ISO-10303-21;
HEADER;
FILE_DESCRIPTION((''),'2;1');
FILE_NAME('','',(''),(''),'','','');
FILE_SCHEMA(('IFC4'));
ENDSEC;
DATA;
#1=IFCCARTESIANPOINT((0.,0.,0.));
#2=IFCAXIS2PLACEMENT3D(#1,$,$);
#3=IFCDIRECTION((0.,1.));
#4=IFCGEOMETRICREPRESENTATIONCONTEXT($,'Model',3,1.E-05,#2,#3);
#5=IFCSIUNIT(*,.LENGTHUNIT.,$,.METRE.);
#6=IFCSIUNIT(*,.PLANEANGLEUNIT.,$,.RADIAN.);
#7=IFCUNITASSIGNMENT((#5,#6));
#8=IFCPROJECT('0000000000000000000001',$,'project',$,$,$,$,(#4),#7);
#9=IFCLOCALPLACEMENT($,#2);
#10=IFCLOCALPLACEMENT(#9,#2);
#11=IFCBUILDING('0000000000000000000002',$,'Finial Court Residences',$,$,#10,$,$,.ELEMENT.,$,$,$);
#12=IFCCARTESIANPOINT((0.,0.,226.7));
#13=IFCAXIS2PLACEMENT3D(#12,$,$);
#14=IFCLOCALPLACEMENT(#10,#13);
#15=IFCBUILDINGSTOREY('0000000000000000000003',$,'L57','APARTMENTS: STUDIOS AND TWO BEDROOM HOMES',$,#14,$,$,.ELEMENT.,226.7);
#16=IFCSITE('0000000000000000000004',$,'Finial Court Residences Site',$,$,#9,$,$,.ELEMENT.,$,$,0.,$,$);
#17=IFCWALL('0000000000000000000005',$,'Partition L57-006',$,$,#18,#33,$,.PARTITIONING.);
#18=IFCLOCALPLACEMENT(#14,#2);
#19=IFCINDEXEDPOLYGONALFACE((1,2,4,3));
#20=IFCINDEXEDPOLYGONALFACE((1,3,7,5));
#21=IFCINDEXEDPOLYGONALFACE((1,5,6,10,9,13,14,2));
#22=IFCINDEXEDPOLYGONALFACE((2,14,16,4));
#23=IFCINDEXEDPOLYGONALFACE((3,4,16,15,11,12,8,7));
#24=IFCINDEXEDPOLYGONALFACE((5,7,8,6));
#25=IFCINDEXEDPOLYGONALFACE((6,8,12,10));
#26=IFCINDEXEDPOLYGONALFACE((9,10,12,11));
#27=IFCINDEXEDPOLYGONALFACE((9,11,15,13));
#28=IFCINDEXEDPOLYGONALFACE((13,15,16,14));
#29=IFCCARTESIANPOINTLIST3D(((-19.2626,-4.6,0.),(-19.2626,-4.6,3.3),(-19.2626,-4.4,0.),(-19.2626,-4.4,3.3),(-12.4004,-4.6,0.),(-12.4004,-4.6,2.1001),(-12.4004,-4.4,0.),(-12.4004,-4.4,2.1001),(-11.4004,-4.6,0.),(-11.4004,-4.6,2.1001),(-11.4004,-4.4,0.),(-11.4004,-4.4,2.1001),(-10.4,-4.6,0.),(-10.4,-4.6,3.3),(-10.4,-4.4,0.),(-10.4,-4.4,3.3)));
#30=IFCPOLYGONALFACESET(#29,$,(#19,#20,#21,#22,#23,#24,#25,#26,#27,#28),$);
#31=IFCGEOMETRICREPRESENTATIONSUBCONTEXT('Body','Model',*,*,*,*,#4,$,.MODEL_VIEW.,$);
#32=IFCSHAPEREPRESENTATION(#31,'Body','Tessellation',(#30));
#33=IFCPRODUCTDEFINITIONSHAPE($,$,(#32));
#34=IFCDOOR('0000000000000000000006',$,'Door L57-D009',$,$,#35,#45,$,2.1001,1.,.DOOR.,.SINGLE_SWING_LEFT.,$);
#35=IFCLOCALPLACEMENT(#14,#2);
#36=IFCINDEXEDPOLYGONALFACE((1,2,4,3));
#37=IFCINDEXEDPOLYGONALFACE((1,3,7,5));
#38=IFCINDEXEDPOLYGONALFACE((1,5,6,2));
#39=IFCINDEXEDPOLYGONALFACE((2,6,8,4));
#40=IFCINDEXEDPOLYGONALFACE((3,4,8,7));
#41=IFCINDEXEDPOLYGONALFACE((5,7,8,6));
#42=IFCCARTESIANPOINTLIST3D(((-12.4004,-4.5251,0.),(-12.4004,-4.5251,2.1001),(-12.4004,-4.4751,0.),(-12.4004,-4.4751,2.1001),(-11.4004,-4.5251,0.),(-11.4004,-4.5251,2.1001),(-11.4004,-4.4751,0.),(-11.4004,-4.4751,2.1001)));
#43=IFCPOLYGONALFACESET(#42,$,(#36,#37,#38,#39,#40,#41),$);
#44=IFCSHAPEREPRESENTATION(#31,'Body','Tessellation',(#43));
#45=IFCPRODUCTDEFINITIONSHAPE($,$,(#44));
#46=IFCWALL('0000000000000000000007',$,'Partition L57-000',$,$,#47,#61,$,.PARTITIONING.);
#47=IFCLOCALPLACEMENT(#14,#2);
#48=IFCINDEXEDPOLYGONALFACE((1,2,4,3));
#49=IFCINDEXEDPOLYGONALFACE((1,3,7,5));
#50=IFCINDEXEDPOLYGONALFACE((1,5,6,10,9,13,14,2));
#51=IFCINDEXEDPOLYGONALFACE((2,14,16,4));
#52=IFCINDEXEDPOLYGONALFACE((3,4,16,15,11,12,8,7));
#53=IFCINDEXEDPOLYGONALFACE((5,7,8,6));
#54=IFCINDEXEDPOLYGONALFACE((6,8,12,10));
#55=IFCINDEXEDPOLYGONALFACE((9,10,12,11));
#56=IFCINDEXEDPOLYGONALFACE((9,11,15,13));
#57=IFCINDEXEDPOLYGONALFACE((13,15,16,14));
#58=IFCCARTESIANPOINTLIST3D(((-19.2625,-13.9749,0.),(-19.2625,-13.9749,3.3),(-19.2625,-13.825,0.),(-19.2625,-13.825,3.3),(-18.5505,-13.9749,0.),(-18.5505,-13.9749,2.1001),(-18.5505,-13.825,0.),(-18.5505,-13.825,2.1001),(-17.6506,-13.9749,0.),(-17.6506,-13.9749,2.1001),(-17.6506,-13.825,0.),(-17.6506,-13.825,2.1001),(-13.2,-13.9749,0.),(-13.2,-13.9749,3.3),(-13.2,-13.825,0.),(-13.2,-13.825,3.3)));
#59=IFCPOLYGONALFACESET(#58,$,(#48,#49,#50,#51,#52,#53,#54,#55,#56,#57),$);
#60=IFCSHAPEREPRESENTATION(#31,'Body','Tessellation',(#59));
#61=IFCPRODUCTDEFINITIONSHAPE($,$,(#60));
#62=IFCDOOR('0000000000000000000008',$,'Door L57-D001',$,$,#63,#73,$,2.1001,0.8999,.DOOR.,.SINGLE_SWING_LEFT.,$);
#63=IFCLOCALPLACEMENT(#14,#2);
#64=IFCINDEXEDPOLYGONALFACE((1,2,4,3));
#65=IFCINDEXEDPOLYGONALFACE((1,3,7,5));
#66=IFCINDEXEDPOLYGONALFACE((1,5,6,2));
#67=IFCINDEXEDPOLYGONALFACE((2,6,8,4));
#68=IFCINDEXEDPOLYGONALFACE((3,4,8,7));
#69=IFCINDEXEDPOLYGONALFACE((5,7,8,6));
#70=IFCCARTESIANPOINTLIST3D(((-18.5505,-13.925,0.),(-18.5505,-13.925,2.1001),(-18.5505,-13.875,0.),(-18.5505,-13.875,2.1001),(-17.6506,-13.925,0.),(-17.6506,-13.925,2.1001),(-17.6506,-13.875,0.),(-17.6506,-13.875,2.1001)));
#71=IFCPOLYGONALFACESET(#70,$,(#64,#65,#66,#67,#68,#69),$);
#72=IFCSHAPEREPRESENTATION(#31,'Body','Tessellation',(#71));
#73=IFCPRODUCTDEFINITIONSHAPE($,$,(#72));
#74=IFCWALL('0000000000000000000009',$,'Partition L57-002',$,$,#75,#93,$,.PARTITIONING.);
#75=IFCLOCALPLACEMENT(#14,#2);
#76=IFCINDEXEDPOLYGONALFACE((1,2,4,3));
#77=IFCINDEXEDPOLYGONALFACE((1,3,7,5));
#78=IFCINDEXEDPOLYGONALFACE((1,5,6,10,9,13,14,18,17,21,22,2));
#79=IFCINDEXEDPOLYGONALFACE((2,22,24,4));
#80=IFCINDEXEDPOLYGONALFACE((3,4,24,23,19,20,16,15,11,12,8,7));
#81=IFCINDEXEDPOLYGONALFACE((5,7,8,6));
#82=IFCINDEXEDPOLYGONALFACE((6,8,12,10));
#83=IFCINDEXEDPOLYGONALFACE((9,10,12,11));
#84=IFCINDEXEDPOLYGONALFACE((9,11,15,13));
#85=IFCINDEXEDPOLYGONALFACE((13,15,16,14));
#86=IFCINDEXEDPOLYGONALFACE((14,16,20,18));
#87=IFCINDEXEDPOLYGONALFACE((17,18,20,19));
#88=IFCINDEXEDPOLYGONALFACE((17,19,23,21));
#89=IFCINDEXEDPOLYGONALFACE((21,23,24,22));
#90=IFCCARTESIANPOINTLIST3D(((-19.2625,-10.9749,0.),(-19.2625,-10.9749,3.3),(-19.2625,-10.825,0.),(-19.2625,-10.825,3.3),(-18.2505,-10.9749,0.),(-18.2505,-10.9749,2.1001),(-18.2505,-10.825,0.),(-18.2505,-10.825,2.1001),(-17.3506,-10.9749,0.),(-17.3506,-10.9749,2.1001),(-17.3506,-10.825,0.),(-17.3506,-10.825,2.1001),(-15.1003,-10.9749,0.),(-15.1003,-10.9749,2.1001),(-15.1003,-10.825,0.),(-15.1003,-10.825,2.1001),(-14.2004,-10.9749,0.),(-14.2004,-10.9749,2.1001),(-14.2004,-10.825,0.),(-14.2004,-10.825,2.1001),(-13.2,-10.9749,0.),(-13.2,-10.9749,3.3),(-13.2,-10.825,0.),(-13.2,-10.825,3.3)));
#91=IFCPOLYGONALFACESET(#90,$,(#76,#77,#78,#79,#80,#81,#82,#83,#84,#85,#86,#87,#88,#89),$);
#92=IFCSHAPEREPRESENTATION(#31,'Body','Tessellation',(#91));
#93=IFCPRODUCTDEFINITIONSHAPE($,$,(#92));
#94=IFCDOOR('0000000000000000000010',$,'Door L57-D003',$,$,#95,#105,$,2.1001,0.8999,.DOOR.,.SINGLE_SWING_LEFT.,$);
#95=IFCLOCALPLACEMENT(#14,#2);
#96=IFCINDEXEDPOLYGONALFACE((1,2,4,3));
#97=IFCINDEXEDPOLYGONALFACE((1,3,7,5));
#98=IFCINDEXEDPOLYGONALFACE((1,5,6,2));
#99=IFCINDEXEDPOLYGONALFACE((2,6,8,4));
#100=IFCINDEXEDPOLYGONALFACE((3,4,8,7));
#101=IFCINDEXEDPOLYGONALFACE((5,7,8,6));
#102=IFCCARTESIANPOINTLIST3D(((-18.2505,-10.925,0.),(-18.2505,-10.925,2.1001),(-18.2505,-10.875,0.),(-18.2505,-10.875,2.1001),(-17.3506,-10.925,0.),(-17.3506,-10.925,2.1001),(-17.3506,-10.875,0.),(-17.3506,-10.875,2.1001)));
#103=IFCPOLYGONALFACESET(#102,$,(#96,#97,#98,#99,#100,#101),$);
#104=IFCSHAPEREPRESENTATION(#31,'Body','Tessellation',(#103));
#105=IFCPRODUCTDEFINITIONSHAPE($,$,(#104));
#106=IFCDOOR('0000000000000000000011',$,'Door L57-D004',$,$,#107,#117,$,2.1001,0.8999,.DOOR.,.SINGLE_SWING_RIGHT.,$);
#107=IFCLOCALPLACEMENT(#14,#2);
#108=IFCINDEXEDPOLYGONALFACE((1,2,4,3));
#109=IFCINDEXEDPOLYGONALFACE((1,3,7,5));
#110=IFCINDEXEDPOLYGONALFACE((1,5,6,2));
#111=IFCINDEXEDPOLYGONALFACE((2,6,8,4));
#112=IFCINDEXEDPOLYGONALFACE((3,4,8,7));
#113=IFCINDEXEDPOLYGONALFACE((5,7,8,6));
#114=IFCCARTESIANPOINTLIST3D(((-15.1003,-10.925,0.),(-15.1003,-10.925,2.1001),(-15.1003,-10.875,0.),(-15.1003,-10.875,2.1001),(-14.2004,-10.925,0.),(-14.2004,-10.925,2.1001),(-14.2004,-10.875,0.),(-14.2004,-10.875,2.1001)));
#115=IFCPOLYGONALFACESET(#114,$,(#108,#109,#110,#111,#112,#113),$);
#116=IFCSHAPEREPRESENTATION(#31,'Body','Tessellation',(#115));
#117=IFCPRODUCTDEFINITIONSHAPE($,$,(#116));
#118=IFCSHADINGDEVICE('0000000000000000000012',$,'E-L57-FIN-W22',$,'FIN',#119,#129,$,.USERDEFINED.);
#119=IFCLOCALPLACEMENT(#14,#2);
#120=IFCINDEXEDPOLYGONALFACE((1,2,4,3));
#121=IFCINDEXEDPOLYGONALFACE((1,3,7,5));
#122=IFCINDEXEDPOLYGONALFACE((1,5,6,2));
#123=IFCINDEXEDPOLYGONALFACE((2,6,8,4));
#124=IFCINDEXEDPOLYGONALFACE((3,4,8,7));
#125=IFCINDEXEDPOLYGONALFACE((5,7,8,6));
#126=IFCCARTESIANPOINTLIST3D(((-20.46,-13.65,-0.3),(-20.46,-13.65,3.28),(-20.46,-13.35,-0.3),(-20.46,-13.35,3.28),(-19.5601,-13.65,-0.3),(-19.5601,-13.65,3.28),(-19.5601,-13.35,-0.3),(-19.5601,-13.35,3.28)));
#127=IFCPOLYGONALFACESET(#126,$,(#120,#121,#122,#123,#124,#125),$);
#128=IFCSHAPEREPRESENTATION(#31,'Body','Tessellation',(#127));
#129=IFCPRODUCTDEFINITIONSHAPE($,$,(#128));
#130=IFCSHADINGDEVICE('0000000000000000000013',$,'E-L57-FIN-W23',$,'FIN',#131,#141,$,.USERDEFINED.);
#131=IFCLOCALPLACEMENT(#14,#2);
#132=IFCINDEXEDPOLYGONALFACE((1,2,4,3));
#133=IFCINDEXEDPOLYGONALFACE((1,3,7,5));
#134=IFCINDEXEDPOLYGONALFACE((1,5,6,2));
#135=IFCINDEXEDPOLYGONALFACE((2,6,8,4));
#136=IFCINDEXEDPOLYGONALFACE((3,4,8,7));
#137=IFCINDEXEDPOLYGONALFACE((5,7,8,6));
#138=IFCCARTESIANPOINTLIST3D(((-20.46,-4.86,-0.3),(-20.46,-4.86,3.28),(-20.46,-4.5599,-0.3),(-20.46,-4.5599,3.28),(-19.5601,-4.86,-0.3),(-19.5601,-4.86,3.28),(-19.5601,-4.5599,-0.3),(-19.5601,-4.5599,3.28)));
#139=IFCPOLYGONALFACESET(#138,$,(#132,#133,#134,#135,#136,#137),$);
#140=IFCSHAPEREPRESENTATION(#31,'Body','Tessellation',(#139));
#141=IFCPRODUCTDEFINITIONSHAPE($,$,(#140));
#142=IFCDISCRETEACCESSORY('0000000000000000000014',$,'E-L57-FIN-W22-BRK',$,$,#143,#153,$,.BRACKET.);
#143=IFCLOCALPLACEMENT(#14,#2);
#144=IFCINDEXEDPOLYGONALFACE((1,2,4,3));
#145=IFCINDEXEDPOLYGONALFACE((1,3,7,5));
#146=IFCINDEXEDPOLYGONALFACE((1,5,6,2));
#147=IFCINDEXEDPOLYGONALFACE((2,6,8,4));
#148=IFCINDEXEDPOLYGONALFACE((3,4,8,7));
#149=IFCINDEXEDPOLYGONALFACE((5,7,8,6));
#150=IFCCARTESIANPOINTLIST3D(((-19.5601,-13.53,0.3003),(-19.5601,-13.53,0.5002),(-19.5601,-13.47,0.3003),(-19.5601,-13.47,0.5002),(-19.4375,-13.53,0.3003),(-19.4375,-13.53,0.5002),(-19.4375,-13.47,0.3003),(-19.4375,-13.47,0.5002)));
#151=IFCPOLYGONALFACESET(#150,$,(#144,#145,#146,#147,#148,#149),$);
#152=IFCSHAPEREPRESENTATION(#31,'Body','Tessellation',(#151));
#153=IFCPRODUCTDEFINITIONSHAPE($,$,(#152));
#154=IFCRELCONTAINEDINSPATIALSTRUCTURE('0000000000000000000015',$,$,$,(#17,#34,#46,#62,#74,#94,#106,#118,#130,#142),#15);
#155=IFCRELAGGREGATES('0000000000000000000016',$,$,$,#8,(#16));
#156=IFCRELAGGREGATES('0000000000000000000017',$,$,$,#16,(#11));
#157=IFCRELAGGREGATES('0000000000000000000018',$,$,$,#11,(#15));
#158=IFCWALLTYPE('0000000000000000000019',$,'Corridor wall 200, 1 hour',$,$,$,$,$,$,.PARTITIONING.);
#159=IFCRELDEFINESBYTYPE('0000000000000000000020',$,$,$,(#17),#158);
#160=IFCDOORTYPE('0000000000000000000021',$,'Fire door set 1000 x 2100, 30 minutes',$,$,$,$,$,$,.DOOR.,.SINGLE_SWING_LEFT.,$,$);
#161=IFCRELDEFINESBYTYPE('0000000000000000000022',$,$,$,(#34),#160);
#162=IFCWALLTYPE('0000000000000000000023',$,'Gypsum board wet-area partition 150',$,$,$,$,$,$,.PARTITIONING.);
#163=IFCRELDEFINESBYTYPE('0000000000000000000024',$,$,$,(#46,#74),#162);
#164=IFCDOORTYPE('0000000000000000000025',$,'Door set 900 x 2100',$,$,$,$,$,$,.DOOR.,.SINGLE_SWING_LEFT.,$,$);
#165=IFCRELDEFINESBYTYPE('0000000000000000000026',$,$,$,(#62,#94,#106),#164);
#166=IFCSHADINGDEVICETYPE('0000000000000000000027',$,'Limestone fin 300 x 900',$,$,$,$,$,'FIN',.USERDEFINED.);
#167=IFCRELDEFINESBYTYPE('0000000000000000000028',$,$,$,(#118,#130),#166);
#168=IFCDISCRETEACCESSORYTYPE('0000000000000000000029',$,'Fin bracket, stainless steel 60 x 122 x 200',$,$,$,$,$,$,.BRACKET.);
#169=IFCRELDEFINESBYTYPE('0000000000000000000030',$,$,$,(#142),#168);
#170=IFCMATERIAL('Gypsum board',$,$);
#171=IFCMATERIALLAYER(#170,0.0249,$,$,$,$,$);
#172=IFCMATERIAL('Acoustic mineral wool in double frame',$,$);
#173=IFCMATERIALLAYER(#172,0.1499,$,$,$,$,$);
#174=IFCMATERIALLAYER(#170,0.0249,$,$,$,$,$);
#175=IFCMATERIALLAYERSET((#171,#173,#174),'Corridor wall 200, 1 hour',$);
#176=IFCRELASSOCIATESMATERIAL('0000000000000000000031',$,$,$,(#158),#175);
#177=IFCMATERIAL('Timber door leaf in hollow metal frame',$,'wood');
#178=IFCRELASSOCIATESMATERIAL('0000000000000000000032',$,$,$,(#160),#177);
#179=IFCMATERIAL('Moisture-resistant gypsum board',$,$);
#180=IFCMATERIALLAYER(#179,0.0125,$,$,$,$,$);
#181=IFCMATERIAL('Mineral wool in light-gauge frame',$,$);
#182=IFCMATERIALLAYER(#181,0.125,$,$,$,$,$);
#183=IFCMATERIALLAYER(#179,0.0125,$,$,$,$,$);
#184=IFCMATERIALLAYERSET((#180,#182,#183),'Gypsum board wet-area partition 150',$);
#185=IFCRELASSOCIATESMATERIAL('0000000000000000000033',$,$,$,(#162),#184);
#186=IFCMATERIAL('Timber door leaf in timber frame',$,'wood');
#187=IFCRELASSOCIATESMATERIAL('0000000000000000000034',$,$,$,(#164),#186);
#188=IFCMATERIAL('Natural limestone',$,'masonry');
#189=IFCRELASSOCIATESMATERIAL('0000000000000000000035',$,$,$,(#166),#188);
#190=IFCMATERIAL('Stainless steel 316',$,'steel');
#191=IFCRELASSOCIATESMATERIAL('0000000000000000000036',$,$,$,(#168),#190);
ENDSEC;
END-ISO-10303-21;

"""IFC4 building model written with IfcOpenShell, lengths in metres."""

from ifc_helpers import new_model, si_unit, direction, frame, frame_2d, origin, origin_2d, place, context, subcontext, project, spatial, rectangle, extrude, material, layer, layer_set, type_object, element, fill, save


model = new_model("IFC4")

# Units and contexts
model_context = context("Model", 3, precision=1e-05, world=origin(), true_north=direction((0.0, 1.0)))
body_context = subcontext(model_context, "Body", "Model", "MODEL_VIEW")
ifc_project = project(units=[si_unit("LENGTHUNIT", "METRE"), si_unit("PLANEANGLEUNIT", "RADIAN")], contexts=[model_context])

# Site, building, storey
site_placement = place(None, origin())
site = spatial("IfcSite", under=ifc_project, at=site_placement, Name="Finial Court Residences Site", CompositionType="ELEMENT", RefElevation=0.0)
building_placement = place(site_placement, origin())
building = spatial("IfcBuilding", under=site, at=building_placement, Name="Finial Court Residences", CompositionType="ELEMENT")
storey_placement = place(building_placement, frame((0.0, 0.0, 226.7)))
storey = spatial("IfcBuildingStorey", under=building, at=storey_placement, Name="L57", Description="APARTMENTS: STUDIOS AND TWO BEDROOM HOMES", CompositionType="ELEMENT", Elevation=226.7)

# Walls, openings, doors
ifc_material_1 = material(Name="Gypsum board")
ifc_layer_1 = layer(ifc_material_1, 0.0249)
ifc_material_2 = material(Name="Acoustic mineral wool in double frame")
ifc_layer_2 = layer(ifc_material_2, 0.1499)
ifc_layer_3 = layer(ifc_material_1, 0.0249)
ifc_layer_set_1 = layer_set([ifc_layer_1, ifc_layer_2, ifc_layer_3], Name="Corridor wall 200, 1 hour")
wall_type_1 = type_object("IfcWallType", Name="Corridor wall 200, 1 hour", PredefinedType="PARTITIONING", material=ifc_layer_set_1)
ifc_material_3 = material(Name="Timber door leaf in hollow metal frame", Category="wood")
door_type_1 = type_object("IfcDoorType", Name="Fire door set 1000 x 2100, 30 minutes", OperationType="SINGLE_SWING_LEFT", PredefinedType="DOOR", material=ifc_material_3)
wall_1_placement = place(storey_placement, frame((-19.2625, -4.5, 0.0), z_axis=(0.0, 0.0, 1.0), x_axis=(1.0, 0.0, 0.0)))
wall_1 = element("IfcWall", 1, at=wall_1_placement, inside=storey, type_object=wall_type_1, Name="Partition L57-006", PredefinedType="PARTITIONING", context=body_context, shape_type="SweptSolid", body=[
    extrude(rectangle(XDim=8.8625, YDim=0.2, at=frame_2d((4.4312, 0.0))), origin(), (0.0, 0.0, 1.0), 3.3),
])
opening_1_placement = place(wall_1_placement, frame((6.8621, 0.0, 0.0)))
opening_1 = element("IfcOpeningElement", 2, at=opening_1_placement, cuts=wall_1, PredefinedType="OPENING", context=body_context, shape_type="SweptSolid", body=[
    extrude(rectangle(XDim=1.0, YDim=2.1001, at=frame_2d((0.5, 1.05))), frame((0.0, 0.1099, 0.0), z_axis=(0.0, -1.0, 0.0), x_axis=(1.0, 0.0, 0.0)), (0.0, 0.0, 1.0), 0.22),
])
door_1_placement = place(opening_1_placement, origin())
door_1 = element("IfcDoor", 3, at=door_1_placement, inside=storey, type_object=door_type_1, Name="Door L57-D009", OperationType="SINGLE_SWING_LEFT", OverallHeight=2.1001, OverallWidth=1.0, PredefinedType="DOOR", context=body_context, shape_type="SweptSolid", body=[
    extrude(rectangle(XDim=1.0, YDim=2.1001, at=frame_2d((0.5, 1.05))), frame((0.0, 0.0249, 0.0), z_axis=(0.0, -1.0, 0.0), x_axis=(1.0, 0.0, 0.0)), (0.0, 0.0, 1.0), 0.05),
])
fill(opening_1, door_1)
ifc_material_4 = material(Name="Moisture-resistant gypsum board")
ifc_layer_4 = layer(ifc_material_4, 0.0125)
ifc_material_5 = material(Name="Mineral wool in light-gauge frame")
ifc_layer_5 = layer(ifc_material_5, 0.125)
ifc_layer_6 = layer(ifc_material_4, 0.0125)
ifc_layer_set_2 = layer_set([ifc_layer_4, ifc_layer_5, ifc_layer_6], Name="Gypsum board wet-area partition 150")
wall_type_2 = type_object("IfcWallType", Name="Gypsum board wet-area partition 150", PredefinedType="PARTITIONING", material=ifc_layer_set_2)
wall_2_placement = place(storey_placement, frame((-19.2625, -13.8999, 0.0), z_axis=(0.0, 0.0, 1.0), x_axis=(1.0, 0.0, 0.0)))
wall_2 = element("IfcWall", 4, at=wall_2_placement, inside=storey, type_object=wall_type_2, Name="Partition L57-000", PredefinedType="PARTITIONING", context=body_context, shape_type="SweptSolid", body=[
    extrude(rectangle(XDim=6.0625, YDim=0.1499, at=frame_2d((3.0312, 0.0))), origin(), (0.0, 0.0, 1.0), 3.3),
])
opening_2_placement = place(wall_2_placement, frame((0.7119, 0.0, 0.0)))
opening_2 = element("IfcOpeningElement", 5, at=opening_2_placement, cuts=wall_2, PredefinedType="OPENING", context=body_context, shape_type="SweptSolid", body=[
    extrude(rectangle(XDim=0.8999, YDim=2.1001, at=frame_2d((0.45, 1.05))), frame((0.0, 0.085, 0.0), z_axis=(0.0, -1.0, 0.0), x_axis=(1.0, 0.0, 0.0)), (0.0, 0.0, 1.0), 0.1699),
])
ifc_material_6 = material(Name="Timber door leaf in timber frame", Category="wood")
door_type_2 = type_object("IfcDoorType", Name="Door set 900 x 2100", OperationType="SINGLE_SWING_LEFT", PredefinedType="DOOR", material=ifc_material_6)
door_2_placement = place(opening_2_placement, origin())
door_2 = element("IfcDoor", 6, at=door_2_placement, inside=storey, type_object=door_type_2, Name="Door L57-D001", OperationType="SINGLE_SWING_LEFT", OverallHeight=2.1001, OverallWidth=0.8999, PredefinedType="DOOR", context=body_context, shape_type="SweptSolid", body=[
    extrude(rectangle(XDim=0.8999, YDim=2.1001, at=frame_2d((0.45, 1.05))), frame((0.0, 0.0249, 0.0), z_axis=(0.0, -1.0, 0.0), x_axis=(1.0, 0.0, 0.0)), (0.0, 0.0, 1.0), 0.05),
])
fill(opening_2, door_2)

# Wall, openings, doors
wall_3_placement = place(storey_placement, frame((-19.2625, -10.8999, 0.0), z_axis=(0.0, 0.0, 1.0), x_axis=(1.0, 0.0, 0.0)))
wall_3 = element("IfcWall", 7, at=wall_3_placement, inside=storey, type_object=wall_type_2, Name="Partition L57-002", PredefinedType="PARTITIONING", context=body_context, shape_type="SweptSolid", body=[
    extrude(rectangle(XDim=6.0625, YDim=0.1499, at=frame_2d((3.0312, 0.0))), origin(), (0.0, 0.0, 1.0), 3.3),
])
opening_3_placement = place(wall_3_placement, frame((1.012, 0.0, 0.0)))
opening_3 = element("IfcOpeningElement", 8, at=opening_3_placement, cuts=wall_3, PredefinedType="OPENING", context=body_context, shape_type="SweptSolid", body=[
    extrude(rectangle(XDim=0.8999, YDim=2.1001, at=frame_2d((0.45, 1.05))), frame((0.0, 0.085, 0.0), z_axis=(0.0, -1.0, 0.0), x_axis=(1.0, 0.0, 0.0)), (0.0, 0.0, 1.0), 0.1699),
])
opening_4_placement = place(wall_3_placement, frame((4.1621, 0.0, 0.0)))
opening_4 = element("IfcOpeningElement", 9, at=opening_4_placement, cuts=wall_3, PredefinedType="OPENING", context=body_context, shape_type="SweptSolid", body=[
    extrude(rectangle(XDim=0.8999, YDim=2.1001, at=frame_2d((0.45, 1.05))), frame((0.0, 0.085, 0.0), z_axis=(0.0, -1.0, 0.0), x_axis=(1.0, 0.0, 0.0)), (0.0, 0.0, 1.0), 0.1699),
])
door_3_placement = place(opening_3_placement, origin())
door_3 = element("IfcDoor", 10, at=door_3_placement, inside=storey, type_object=door_type_2, Name="Door L57-D003", OperationType="SINGLE_SWING_LEFT", OverallHeight=2.1001, OverallWidth=0.8999, PredefinedType="DOOR", context=body_context, shape_type="SweptSolid", body=[
    extrude(rectangle(XDim=0.8999, YDim=2.1001, at=frame_2d((0.45, 1.05))), frame((0.0, 0.0249, 0.0), z_axis=(0.0, -1.0, 0.0), x_axis=(1.0, 0.0, 0.0)), (0.0, 0.0, 1.0), 0.05),
])
fill(opening_3, door_3)
door_4_placement = place(opening_4_placement, origin())
door_4 = element("IfcDoor", 11, at=door_4_placement, inside=storey, type_object=door_type_2, Name="Door L57-D004", OperationType="SINGLE_SWING_RIGHT", OverallHeight=2.1001, OverallWidth=0.8999, PredefinedType="DOOR", context=body_context, shape_type="SweptSolid", body=[
    extrude(rectangle(XDim=0.8999, YDim=2.1001, at=frame_2d((0.45, 1.05))), frame((0.0, 0.0249, 0.0), z_axis=(0.0, -1.0, 0.0), x_axis=(1.0, 0.0, 0.0)), (0.0, 0.0, 1.0), 0.05),
])
fill(opening_4, door_4)

# Shading devices
ifc_material_7 = material(Name="Natural limestone", Category="masonry")
shading_device_type = type_object("IfcShadingDeviceType", Name="Limestone fin 300 x 900", ElementType="FIN", PredefinedType="USERDEFINED", material=ifc_material_7)
for number, where, z_axis, x_axis, name in (
    (12, (-20.01, -13.5, -0.3), (0.0, 0.0, 1.0), (1.0, 0.0, 0.0), "E-L57-FIN-W22"),
    (13, (-20.01, -4.71, -0.3), (0.0, 0.0, 1.0), (1.0, 0.0, 0.0), "E-L57-FIN-W23"),
):
    element("IfcShadingDevice", number, at=place(storey_placement, frame(where, z_axis=z_axis, x_axis=x_axis)), inside=storey, type_object=shading_device_type, Name=name, ObjectType="FIN", PredefinedType="USERDEFINED", context=body_context, shape_type="SweptSolid", body=[
        extrude(rectangle(XDim=0.8999, YDim=0.3, at=origin_2d()), origin(), (0.0, 0.0, 1.0), 3.5801),
    ])

# Discrete accessory
ifc_material_8 = material(Name="Stainless steel 316", Category="steel")
discrete_accessory_type = type_object("IfcDiscreteAccessoryType", Name="Fin bracket, stainless steel 60 x 122 x 200", PredefinedType="BRACKET", material=ifc_material_8)
discrete_accessory_placement = place(storey_placement, frame((-19.4988, -13.5, 0.3003), z_axis=(0.0, 0.0, 1.0), x_axis=(1.0, 0.0, 0.0)))
element("IfcDiscreteAccessory", 14, at=discrete_accessory_placement, inside=storey, type_object=discrete_accessory_type, Name="E-L57-FIN-W22-BRK", PredefinedType="BRACKET", context=body_context, shape_type="SweptSolid", body=[
    extrude(rectangle(XDim=0.1226, YDim=0.0601, at=origin_2d()), origin(), (0.0, 0.0, 1.0), 0.2),
])

save(model, "model.ifc")
